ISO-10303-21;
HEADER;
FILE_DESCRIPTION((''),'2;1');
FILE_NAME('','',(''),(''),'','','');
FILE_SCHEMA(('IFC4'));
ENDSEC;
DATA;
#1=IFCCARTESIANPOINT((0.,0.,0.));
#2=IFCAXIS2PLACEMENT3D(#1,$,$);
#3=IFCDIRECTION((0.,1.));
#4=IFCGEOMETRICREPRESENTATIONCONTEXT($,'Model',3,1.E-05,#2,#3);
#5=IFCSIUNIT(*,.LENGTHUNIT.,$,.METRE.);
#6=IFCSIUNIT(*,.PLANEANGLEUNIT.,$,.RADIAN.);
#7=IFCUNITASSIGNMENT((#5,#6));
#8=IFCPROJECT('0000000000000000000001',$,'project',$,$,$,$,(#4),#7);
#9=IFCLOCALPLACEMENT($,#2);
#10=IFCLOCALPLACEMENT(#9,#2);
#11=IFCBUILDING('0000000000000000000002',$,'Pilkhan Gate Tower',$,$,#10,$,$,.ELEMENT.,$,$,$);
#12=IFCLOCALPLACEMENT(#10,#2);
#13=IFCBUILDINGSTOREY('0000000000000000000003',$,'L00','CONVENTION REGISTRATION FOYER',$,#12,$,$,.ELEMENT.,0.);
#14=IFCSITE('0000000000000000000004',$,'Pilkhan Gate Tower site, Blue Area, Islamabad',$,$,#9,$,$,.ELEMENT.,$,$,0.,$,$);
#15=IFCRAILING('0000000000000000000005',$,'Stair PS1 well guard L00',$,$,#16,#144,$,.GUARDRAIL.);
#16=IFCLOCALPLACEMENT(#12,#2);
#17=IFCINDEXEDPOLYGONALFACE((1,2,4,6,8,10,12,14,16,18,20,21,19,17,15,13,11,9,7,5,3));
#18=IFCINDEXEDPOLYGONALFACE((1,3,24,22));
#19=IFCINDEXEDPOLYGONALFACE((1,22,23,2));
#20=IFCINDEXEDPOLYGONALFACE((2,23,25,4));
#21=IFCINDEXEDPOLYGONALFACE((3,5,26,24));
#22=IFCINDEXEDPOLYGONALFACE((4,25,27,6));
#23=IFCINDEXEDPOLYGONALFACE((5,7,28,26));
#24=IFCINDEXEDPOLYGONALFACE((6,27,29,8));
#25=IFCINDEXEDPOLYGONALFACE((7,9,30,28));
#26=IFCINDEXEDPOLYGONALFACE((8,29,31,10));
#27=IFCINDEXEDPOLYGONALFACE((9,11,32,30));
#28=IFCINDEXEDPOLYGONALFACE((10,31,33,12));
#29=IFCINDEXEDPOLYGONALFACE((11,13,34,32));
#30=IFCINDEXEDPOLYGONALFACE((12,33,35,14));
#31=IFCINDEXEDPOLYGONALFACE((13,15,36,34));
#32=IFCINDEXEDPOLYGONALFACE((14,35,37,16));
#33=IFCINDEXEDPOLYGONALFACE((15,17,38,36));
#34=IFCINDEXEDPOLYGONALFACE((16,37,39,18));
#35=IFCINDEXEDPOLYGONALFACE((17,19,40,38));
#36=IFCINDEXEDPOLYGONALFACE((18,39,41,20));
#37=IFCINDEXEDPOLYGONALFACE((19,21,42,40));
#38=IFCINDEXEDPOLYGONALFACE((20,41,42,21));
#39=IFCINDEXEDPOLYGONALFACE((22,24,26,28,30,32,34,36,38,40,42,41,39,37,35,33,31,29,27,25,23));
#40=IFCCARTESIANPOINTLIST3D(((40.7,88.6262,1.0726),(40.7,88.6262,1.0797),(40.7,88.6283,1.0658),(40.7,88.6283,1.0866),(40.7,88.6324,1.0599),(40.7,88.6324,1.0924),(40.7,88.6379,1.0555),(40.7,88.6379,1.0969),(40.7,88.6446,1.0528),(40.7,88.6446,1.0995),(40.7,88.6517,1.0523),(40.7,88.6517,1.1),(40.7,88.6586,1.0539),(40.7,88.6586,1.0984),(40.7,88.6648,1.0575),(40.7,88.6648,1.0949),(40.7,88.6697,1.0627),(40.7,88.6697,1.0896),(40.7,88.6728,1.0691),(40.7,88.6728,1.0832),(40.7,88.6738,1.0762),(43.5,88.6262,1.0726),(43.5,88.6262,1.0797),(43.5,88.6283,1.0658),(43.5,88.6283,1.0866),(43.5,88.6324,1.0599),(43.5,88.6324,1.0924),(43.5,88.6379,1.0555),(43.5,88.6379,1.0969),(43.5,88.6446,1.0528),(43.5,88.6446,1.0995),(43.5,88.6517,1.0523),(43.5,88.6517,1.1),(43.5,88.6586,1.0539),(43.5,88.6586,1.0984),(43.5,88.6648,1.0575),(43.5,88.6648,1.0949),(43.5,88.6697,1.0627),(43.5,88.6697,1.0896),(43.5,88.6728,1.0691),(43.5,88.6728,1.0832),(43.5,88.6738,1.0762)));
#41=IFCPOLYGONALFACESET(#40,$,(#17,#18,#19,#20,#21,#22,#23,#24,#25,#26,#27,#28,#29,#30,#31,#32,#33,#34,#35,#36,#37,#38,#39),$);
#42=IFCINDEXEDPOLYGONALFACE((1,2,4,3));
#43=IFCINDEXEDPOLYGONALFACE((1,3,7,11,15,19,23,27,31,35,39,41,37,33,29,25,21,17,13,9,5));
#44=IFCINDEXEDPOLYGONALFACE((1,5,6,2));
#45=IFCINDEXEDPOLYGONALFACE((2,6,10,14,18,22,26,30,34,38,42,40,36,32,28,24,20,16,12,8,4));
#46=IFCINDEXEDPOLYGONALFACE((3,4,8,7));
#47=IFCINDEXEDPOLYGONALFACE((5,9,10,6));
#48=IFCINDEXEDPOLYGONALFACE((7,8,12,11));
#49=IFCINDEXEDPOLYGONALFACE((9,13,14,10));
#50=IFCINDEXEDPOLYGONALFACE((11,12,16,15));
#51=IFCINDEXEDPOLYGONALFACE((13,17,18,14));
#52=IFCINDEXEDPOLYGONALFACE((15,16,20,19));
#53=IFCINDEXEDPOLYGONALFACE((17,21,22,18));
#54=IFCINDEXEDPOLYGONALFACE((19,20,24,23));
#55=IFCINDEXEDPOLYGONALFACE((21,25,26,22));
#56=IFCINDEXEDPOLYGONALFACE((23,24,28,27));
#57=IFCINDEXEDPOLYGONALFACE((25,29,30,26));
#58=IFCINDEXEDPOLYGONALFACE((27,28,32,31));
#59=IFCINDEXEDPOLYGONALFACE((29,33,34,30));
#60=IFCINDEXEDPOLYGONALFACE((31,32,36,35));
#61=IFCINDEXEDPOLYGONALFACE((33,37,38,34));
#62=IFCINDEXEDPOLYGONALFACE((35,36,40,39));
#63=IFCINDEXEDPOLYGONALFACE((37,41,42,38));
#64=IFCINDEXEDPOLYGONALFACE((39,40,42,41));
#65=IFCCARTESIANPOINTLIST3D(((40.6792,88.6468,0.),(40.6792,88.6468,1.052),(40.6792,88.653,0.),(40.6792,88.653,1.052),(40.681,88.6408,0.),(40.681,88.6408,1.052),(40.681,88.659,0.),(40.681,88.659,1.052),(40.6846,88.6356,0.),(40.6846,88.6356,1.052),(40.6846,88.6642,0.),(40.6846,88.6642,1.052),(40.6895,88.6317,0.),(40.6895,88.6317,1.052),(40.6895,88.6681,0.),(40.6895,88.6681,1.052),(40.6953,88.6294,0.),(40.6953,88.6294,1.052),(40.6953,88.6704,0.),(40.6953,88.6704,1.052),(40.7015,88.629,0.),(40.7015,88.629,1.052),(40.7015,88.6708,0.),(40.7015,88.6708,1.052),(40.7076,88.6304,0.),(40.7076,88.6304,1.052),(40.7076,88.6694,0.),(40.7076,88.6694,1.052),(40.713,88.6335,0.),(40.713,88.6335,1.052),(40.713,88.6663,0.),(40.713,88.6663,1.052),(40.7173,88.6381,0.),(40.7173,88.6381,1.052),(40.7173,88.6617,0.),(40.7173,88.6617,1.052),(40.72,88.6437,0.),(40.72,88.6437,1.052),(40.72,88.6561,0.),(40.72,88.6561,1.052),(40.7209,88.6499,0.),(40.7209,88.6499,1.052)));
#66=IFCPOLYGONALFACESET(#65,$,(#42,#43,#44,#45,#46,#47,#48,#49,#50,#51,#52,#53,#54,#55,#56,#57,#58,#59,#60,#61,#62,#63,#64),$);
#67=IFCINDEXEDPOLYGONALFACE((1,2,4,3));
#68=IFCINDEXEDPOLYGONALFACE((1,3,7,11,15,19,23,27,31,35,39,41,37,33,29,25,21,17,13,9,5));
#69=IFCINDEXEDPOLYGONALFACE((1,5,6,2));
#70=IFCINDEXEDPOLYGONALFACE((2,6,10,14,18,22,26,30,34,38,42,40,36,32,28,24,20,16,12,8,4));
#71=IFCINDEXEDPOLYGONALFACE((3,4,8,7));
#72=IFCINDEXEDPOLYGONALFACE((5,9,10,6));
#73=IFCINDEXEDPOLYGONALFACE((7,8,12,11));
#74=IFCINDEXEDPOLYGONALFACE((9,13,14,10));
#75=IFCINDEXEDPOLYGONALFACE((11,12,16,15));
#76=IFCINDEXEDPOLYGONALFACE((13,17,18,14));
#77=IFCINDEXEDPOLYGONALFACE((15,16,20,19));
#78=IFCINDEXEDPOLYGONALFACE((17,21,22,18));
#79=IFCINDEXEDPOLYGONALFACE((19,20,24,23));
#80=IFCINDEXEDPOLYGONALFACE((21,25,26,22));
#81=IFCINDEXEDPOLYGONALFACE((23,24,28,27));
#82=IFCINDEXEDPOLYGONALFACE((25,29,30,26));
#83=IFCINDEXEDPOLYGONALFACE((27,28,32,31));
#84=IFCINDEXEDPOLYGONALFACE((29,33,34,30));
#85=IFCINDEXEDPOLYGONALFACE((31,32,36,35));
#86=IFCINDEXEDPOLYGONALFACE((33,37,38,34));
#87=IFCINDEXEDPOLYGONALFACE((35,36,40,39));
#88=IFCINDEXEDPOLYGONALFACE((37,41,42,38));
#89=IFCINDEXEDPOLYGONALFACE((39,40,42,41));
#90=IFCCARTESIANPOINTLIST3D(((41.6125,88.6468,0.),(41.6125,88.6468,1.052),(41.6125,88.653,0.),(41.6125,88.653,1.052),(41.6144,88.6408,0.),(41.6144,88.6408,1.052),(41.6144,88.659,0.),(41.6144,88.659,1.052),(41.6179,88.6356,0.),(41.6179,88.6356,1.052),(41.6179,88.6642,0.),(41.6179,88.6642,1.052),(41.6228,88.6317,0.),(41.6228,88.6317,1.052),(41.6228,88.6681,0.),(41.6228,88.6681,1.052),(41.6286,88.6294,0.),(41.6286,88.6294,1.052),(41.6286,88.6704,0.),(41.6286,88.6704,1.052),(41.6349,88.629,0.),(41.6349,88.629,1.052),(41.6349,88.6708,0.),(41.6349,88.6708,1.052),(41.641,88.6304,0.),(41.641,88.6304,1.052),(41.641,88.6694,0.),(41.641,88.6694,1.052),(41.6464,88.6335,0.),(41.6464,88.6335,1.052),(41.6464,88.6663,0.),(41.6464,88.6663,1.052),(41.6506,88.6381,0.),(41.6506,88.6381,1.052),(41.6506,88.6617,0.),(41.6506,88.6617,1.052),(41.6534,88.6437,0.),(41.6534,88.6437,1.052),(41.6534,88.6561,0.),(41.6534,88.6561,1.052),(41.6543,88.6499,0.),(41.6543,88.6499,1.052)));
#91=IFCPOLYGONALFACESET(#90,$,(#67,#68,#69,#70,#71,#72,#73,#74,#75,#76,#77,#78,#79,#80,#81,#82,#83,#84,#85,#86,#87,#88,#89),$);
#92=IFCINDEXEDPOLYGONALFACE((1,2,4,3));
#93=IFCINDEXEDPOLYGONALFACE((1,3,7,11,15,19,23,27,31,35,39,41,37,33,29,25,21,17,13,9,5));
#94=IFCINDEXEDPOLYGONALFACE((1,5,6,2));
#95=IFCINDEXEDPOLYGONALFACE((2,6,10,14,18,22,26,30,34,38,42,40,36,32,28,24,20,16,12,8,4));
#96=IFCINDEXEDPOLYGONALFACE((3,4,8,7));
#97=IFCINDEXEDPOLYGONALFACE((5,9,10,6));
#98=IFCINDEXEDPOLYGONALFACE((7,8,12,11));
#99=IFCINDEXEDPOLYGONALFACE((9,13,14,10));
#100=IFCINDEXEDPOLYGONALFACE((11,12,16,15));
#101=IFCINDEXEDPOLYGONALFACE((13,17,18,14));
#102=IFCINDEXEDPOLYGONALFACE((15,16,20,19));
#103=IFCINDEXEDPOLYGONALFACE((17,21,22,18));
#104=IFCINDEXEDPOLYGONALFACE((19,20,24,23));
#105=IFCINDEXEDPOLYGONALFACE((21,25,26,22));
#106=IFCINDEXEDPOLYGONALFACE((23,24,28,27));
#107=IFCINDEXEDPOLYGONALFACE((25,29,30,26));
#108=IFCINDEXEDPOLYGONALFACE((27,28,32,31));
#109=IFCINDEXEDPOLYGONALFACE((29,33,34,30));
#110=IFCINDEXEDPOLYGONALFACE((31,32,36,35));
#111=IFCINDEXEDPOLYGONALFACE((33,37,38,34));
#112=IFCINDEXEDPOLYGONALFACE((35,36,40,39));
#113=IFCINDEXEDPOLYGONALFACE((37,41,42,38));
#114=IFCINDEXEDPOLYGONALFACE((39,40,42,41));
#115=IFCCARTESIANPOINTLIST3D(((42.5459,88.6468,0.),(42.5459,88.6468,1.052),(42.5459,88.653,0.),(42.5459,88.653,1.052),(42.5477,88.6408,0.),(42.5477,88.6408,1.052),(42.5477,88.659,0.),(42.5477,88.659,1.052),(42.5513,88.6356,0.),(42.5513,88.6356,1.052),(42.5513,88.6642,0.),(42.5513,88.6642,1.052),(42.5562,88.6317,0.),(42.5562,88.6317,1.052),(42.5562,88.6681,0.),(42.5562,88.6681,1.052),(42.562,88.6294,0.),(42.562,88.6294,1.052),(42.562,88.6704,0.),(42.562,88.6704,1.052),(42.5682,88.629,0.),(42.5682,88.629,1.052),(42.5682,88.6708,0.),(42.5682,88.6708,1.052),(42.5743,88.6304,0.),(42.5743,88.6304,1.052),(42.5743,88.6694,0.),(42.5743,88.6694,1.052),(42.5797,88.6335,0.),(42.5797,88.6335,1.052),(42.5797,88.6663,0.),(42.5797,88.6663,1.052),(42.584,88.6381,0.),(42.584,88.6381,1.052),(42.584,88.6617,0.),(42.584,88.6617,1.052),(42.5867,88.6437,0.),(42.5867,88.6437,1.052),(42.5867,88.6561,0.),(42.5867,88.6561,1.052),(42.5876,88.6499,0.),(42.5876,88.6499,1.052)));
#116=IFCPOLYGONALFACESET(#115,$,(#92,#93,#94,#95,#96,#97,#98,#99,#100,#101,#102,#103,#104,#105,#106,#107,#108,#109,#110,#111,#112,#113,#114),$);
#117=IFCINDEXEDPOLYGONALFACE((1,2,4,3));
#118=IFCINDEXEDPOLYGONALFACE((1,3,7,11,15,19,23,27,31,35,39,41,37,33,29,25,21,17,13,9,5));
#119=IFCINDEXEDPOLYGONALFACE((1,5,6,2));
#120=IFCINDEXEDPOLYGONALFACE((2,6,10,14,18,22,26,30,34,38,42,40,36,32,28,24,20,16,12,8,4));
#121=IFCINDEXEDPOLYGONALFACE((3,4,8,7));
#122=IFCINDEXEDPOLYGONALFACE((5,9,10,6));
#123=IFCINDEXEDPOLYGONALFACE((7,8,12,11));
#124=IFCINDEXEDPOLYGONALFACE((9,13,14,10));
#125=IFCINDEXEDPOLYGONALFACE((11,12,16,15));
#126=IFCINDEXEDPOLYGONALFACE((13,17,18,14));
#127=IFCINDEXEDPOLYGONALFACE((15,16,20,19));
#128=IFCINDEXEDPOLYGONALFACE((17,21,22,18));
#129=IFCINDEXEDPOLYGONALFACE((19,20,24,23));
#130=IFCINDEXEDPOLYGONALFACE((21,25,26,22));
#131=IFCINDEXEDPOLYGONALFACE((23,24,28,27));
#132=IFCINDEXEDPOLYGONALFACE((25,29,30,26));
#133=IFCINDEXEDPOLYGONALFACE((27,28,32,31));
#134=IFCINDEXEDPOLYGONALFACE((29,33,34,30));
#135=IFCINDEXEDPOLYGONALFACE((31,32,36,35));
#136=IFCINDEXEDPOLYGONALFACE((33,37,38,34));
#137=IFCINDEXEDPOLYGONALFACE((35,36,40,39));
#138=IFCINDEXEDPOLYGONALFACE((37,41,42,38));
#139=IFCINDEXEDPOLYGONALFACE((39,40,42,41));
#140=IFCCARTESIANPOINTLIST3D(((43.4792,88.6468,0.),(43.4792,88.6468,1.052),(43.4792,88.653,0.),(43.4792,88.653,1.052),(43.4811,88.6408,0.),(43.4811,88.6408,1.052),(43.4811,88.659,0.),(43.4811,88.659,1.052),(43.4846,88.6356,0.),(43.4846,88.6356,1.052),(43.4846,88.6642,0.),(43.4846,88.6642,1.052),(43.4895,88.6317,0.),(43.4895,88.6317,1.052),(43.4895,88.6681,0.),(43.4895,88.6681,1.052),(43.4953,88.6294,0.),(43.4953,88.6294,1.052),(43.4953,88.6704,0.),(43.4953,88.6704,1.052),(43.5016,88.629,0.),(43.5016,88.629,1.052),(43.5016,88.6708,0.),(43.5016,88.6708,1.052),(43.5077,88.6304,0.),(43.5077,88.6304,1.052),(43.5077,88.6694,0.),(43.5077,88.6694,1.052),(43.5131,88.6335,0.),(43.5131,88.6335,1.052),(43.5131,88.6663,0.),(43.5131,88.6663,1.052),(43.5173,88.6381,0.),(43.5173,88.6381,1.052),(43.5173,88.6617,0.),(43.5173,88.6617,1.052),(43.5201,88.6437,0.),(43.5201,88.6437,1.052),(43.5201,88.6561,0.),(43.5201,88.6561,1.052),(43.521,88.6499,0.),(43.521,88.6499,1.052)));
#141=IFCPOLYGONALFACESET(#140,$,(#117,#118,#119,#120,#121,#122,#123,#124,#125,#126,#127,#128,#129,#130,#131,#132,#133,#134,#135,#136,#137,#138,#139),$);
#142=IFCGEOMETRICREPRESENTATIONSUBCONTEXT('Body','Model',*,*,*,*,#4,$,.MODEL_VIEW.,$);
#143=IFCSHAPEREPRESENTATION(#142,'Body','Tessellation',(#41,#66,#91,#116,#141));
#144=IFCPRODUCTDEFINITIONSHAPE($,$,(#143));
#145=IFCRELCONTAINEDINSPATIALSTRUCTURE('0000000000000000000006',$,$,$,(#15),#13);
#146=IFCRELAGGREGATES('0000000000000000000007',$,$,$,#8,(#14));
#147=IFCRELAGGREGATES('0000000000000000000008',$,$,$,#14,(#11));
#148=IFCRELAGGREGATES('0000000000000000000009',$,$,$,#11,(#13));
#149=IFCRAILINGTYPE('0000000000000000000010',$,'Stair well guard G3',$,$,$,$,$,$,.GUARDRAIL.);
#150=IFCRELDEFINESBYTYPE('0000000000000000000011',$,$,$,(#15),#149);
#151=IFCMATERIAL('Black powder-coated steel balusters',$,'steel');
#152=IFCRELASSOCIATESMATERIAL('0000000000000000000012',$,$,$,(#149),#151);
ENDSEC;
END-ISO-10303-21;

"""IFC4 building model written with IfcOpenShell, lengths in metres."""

from ifc_helpers import new_model, si_unit, direction, frame, origin, origin_2d, place, context, subcontext, project, spatial, circle, extrude, material, type_object, element, save


model = new_model("IFC4")

# Units and contexts
model_context = context("Model", 3, precision=1e-05, world=origin(), true_north=direction((0.0, 1.0)))
body_context = subcontext(model_context, "Body", "Model", "MODEL_VIEW")
ifc_project = project(units=[si_unit("LENGTHUNIT", "METRE"), si_unit("PLANEANGLEUNIT", "RADIAN")], contexts=[model_context])

# Site, building, storey
site_placement = place(None, origin())
site = spatial("IfcSite", under=ifc_project, at=site_placement, Name="Pilkhan Gate Tower site, Blue Area, Islamabad", CompositionType="ELEMENT", RefElevation=0.0)
building_placement = place(site_placement, origin())
building = spatial("IfcBuilding", under=site, at=building_placement, Name="Pilkhan Gate Tower", CompositionType="ELEMENT")
storey_placement = place(building_placement, origin())
storey = spatial("IfcBuildingStorey", under=building, at=storey_placement, Name="L00", Description="CONVENTION REGISTRATION FOYER", CompositionType="ELEMENT", Elevation=0.0)

# Railing
ifc_material_1 = material(Name="Black powder-coated steel balusters", Category="steel")
railing_type_1 = type_object("IfcRailingType", Name="Stair well guard G3", PredefinedType="GUARDRAIL", material=ifc_material_1)
railing_1_placement = place(storey_placement, frame((40.7, 88.6499, 0.0)))
element("IfcRailing", 1, at=railing_1_placement, inside=storey, type_object=railing_type_1, Name="Stair PS1 well guard L00", PredefinedType="GUARDRAIL", context=body_context, shape_type="SweptSolid", body=[
    extrude(circle(Radius=0.0239, at=origin_2d()), frame((0.0, 0.0, 1.0762), z_axis=(1.0, 0.0, 0.0), x_axis=(0.0, 1.0, 0.0)), (0.0, 0.0, 1.0), 2.8),
    extrude(circle(Radius=0.021, at=origin_2d()), origin(), (0.0, 0.0, 1.0), 1.052),
    extrude(circle(Radius=0.021, at=origin_2d()), frame((0.9333, 0.0, 0.0)), (0.0, 0.0, 1.0), 1.052),
    extrude(circle(Radius=0.021, at=origin_2d()), frame((1.8667, 0.0, 0.0)), (0.0, 0.0, 1.0), 1.052),
    extrude(circle(Radius=0.021, at=origin_2d()), frame((2.8, 0.0, 0.0)), (0.0, 0.0, 1.0), 1.052),
])

save(model, "model.ifc")
